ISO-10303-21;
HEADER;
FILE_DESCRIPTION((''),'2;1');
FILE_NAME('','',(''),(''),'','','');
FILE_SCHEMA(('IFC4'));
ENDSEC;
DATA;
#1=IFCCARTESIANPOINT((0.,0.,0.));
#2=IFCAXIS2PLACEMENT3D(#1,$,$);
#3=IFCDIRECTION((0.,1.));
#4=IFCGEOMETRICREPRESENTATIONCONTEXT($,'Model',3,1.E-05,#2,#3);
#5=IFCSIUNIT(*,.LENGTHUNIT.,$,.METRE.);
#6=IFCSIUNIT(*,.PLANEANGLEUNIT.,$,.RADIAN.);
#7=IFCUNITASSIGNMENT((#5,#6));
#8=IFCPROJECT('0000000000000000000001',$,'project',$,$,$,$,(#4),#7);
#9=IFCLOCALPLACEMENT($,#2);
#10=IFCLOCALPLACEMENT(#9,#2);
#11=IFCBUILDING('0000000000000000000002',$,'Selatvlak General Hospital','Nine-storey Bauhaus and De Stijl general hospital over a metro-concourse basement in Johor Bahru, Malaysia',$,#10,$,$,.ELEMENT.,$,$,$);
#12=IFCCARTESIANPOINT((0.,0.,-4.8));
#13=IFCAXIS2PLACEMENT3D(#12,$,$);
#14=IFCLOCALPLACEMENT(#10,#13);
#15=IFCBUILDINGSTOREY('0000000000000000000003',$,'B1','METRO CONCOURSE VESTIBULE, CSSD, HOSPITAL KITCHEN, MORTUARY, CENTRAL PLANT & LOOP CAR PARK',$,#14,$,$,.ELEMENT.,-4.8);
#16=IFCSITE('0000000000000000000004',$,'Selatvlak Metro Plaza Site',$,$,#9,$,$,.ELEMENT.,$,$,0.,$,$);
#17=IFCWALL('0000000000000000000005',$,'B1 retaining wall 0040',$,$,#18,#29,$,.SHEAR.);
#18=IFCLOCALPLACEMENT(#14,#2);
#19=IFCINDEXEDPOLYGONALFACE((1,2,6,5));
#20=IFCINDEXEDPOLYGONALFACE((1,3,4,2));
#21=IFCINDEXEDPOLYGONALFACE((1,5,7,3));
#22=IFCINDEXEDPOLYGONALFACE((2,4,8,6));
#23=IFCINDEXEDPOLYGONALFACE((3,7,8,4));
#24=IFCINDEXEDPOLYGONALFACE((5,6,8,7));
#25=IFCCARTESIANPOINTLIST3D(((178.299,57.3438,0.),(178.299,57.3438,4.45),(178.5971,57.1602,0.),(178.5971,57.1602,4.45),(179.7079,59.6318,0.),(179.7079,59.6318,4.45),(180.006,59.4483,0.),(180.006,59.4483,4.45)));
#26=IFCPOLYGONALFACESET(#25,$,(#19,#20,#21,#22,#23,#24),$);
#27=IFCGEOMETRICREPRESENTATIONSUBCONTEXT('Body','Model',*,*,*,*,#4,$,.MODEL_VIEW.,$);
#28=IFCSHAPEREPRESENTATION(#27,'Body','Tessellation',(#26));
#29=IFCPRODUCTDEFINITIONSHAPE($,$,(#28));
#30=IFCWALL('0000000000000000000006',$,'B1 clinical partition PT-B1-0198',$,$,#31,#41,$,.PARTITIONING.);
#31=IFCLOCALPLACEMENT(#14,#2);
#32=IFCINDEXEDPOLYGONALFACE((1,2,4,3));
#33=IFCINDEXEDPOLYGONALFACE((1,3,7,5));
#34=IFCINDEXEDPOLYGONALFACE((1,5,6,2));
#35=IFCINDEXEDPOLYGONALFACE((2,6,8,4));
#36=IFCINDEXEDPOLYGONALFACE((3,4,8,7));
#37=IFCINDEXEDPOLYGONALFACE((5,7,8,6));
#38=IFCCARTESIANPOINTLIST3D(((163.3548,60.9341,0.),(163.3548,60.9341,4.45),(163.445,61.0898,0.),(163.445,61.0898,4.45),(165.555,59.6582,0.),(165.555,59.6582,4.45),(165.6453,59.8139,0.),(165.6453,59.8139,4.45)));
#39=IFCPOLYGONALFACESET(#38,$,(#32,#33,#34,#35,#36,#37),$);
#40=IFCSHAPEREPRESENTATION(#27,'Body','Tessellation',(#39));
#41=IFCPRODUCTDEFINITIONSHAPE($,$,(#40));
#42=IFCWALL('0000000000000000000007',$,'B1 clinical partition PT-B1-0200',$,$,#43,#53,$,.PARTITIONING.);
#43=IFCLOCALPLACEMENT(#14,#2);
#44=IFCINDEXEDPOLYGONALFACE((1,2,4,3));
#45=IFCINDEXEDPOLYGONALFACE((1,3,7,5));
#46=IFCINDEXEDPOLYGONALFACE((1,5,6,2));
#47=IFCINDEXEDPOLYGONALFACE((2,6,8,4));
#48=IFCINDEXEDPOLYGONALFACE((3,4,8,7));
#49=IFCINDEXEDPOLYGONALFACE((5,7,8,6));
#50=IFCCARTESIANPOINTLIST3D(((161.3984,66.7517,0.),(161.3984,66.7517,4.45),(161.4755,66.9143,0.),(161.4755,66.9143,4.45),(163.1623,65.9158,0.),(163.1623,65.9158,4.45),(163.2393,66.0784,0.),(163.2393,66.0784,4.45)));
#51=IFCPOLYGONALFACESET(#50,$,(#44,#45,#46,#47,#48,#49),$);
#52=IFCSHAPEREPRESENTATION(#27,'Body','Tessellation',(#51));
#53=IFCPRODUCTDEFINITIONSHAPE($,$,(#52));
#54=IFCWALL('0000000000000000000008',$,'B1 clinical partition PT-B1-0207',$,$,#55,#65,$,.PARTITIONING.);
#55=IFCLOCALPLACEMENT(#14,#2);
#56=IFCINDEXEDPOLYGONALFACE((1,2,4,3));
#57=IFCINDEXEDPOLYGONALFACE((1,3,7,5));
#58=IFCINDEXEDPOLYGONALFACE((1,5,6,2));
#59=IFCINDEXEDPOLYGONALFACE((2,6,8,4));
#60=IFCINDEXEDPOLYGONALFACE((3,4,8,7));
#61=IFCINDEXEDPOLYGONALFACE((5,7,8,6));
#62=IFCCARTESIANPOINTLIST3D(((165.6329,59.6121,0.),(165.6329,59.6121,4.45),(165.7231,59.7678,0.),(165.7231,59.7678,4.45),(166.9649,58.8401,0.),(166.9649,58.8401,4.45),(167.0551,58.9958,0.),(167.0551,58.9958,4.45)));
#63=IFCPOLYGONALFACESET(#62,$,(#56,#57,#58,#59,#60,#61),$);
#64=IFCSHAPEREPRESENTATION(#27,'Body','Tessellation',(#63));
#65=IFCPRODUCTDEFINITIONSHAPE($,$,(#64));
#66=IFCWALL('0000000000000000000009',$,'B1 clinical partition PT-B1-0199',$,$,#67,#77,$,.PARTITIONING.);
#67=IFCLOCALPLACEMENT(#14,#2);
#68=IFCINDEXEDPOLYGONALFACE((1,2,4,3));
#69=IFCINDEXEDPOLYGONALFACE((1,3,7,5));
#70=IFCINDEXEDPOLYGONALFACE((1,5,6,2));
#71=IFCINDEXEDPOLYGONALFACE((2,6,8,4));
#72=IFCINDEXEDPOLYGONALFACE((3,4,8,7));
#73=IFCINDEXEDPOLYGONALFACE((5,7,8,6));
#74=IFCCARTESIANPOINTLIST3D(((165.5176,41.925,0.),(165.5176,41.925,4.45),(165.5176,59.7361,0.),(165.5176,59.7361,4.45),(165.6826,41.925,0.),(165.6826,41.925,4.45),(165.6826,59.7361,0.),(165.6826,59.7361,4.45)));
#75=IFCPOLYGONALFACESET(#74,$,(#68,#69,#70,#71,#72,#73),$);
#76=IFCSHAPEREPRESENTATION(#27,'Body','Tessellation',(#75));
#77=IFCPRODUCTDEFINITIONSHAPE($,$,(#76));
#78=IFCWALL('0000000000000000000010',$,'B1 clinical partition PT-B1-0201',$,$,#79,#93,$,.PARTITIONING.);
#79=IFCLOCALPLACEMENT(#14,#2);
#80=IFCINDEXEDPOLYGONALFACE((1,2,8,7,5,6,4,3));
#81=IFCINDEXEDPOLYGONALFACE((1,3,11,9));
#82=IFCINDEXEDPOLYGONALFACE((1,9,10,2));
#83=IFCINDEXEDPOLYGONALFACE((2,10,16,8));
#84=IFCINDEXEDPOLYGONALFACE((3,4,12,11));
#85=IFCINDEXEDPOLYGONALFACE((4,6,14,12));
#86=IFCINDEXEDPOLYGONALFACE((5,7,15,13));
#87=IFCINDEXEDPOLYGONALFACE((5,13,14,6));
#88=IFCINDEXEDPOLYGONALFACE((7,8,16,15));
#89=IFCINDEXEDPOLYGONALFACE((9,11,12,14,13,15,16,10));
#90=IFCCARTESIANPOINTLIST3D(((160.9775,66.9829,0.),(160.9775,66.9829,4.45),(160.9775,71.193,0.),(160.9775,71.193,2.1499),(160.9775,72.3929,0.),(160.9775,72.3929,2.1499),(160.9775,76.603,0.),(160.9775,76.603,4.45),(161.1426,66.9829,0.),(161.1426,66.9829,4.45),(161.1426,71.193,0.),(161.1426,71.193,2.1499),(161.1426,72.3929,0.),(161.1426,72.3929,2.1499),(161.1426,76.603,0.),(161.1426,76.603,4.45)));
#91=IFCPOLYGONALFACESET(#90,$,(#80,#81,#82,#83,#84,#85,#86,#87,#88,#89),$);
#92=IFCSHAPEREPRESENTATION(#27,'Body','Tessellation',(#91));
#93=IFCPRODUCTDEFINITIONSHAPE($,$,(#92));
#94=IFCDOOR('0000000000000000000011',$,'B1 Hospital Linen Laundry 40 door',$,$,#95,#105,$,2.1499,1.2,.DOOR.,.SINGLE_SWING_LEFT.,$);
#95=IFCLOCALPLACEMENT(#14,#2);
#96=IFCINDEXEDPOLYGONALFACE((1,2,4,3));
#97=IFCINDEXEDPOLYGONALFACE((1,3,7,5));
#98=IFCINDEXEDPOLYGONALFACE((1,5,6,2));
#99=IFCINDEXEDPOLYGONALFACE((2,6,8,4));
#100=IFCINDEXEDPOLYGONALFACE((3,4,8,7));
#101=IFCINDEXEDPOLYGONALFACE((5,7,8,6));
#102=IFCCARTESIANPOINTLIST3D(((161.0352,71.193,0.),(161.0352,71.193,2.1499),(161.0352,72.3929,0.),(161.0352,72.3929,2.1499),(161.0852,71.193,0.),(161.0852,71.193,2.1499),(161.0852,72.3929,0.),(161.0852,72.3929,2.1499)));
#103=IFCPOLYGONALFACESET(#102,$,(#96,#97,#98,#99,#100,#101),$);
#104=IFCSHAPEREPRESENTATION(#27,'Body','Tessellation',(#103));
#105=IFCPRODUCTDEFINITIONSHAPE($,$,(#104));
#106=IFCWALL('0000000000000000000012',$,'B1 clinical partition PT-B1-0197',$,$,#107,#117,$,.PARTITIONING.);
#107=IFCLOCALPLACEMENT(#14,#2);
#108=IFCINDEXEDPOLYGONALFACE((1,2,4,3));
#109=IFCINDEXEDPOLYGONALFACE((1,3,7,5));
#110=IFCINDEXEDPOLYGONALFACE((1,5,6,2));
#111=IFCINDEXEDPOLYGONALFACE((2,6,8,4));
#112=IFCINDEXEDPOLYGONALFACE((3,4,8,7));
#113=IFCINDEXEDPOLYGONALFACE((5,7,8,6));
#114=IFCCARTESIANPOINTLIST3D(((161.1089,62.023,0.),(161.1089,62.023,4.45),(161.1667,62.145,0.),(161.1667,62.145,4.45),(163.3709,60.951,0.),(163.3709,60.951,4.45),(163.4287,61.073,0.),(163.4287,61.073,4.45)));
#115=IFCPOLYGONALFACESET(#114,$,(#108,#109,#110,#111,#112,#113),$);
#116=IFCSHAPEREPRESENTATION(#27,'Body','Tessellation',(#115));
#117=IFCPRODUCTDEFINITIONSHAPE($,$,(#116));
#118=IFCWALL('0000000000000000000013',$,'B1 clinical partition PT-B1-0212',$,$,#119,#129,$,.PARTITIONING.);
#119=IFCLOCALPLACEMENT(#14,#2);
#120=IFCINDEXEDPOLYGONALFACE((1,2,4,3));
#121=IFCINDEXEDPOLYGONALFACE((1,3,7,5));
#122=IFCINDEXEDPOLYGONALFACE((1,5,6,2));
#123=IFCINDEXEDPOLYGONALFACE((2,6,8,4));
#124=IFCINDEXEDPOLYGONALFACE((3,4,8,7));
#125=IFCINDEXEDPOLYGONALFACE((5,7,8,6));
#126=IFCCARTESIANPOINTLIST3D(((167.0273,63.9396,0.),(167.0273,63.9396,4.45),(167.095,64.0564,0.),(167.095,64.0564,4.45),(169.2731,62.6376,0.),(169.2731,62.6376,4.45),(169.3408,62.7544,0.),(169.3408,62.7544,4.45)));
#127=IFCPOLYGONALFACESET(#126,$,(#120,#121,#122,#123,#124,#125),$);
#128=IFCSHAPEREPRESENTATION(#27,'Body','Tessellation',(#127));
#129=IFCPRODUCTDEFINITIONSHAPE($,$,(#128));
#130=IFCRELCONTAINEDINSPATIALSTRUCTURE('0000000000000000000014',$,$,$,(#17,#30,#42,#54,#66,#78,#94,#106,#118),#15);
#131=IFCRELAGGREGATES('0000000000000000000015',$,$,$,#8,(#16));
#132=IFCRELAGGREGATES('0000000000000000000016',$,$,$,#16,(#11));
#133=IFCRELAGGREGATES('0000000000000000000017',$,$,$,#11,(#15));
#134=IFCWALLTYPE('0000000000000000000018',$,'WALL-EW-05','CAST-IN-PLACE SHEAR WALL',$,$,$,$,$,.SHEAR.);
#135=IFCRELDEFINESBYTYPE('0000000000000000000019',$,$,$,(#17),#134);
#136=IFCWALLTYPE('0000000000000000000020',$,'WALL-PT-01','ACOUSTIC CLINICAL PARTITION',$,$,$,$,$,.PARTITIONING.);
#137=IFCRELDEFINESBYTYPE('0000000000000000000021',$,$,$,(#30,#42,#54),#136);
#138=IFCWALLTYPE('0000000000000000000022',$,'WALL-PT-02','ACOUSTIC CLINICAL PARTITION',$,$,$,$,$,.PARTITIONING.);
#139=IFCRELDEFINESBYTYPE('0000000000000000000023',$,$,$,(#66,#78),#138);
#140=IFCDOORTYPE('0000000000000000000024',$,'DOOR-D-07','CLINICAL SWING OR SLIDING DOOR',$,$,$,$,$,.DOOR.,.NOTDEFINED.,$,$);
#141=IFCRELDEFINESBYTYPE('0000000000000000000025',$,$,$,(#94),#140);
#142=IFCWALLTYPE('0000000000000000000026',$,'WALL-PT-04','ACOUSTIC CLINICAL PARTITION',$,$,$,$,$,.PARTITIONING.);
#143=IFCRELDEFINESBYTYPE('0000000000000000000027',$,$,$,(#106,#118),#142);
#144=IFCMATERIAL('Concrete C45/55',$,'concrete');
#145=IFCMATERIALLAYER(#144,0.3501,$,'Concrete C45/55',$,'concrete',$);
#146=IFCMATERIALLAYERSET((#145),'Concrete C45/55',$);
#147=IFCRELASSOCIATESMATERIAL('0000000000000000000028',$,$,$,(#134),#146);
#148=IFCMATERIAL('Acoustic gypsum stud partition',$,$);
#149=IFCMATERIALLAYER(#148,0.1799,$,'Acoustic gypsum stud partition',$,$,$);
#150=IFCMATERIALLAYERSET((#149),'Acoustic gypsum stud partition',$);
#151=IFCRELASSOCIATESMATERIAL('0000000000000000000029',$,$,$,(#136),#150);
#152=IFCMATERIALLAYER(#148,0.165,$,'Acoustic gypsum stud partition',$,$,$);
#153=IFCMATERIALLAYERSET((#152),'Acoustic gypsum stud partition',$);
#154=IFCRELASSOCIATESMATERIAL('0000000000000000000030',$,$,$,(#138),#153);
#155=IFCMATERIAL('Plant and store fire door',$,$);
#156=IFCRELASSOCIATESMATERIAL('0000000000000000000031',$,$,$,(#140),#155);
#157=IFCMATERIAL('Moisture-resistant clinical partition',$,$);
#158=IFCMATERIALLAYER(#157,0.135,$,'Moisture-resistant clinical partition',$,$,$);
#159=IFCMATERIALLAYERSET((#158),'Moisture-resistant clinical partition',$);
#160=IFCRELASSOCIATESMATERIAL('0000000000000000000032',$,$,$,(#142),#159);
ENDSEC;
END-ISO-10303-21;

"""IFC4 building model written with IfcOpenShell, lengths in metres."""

from ifc_helpers import new_model, si_unit, direction, frame, frame_2d, origin, place, context, subcontext, project, spatial, rectangle, extrude, material, layer, layer_set, type_object, element, fill, save


model = new_model("IFC4")

# Units and contexts
model_context = context("Model", 3, precision=1e-05, world=origin(), true_north=direction((0.0, 1.0)))
body_context = subcontext(model_context, "Body", "Model", "MODEL_VIEW")
ifc_project = project(units=[si_unit("LENGTHUNIT", "METRE"), si_unit("PLANEANGLEUNIT", "RADIAN")], contexts=[model_context])

# Site, building, storey
site_placement = place(None, origin())
site = spatial("IfcSite", under=ifc_project, at=site_placement, Name="Selatvlak Metro Plaza Site", CompositionType="ELEMENT", RefElevation=0.0)
building_placement = place(site_placement, origin())
building = spatial("IfcBuilding", under=site, at=building_placement, Name="Selatvlak General Hospital", Description="Nine-storey Bauhaus and De Stijl general hospital over a metro-concourse basement in Johor Bahru, Malaysia", CompositionType="ELEMENT")
storey_placement = place(building_placement, frame((0.0, 0.0, -4.8)))
storey = spatial("IfcBuildingStorey", under=building, at=storey_placement, Name="B1", Description="METRO CONCOURSE VESTIBULE, CSSD, HOSPITAL KITCHEN, MORTUARY, CENTRAL PLANT & LOOP CAR PARK", CompositionType="ELEMENT", Elevation=-4.8)

# Walls
ifc_material_1 = material(Name="Concrete C45/55", Category="concrete")
ifc_layer_1 = layer(ifc_material_1, 0.3501, Name="Concrete C45/55", Category="concrete")
ifc_layer_set_1 = layer_set([ifc_layer_1], Name="Concrete C45/55")
wall_type_1 = type_object("IfcWallType", Name="WALL-EW-05", Description="CAST-IN-PLACE SHEAR WALL", PredefinedType="SHEAR", material=ifc_layer_set_1)
wall_1_placement = place(storey_placement, frame((179.8569, 59.54, 0.0), z_axis=(0.0, 0.0, 1.0), x_axis=(-0.524336, -0.851512, 0.0)))
element("IfcWall", 1, at=wall_1_placement, inside=storey, type_object=wall_type_1, Name="B1 retaining wall 0040", PredefinedType="SHEAR", context=body_context, shape_type="SweptSolid", body=[
    extrude(rectangle(XDim=2.687, YDim=0.3501, at=frame_2d((1.3435, 0.0))), origin(), (0.0, 0.0, 1.0), 4.45),
])
ifc_material_2 = material(Name="Acoustic gypsum stud partition")
ifc_layer_2 = layer(ifc_material_2, 0.1799, Name="Acoustic gypsum stud partition")
ifc_layer_set_2 = layer_set([ifc_layer_2], Name="Acoustic gypsum stud partition")
wall_type_2 = type_object("IfcWallType", Name="WALL-PT-01", Description="ACOUSTIC CLINICAL PARTITION", PredefinedType="PARTITIONING", material=ifc_layer_set_2)
wall_2_placement = place(storey_placement, frame((163.3999, 61.012, 0.0), z_axis=(0.0, 0.0, 1.0), x_axis=(0.865071, -0.501649, 0.0)))
element("IfcWall", 2, at=wall_2_placement, inside=storey, type_object=wall_type_2, Name="B1 clinical partition PT-B1-0198", PredefinedType="PARTITIONING", context=body_context, shape_type="SweptSolid", body=[
    extrude(rectangle(XDim=2.5435, YDim=0.1799, at=frame_2d((1.2717, 0.0))), origin(), (0.0, 0.0, 1.0), 4.45),
])
wall_3_placement = place(storey_placement, frame((163.2009, 65.9971, 0.0), z_axis=(0.0, 0.0, 1.0), x_axis=(-0.903659, 0.428253, 0.0)))
element("IfcWall", 3, at=wall_3_placement, inside=storey, type_object=wall_type_2, Name="B1 clinical partition PT-B1-0200", PredefinedType="PARTITIONING", context=body_context, shape_type="SweptSolid", body=[
    extrude(rectangle(XDim=1.9519, YDim=0.1799, at=frame_2d((0.9761, 0.0))), origin(), (0.0, 0.0, 1.0), 4.45),
])
wall_4_placement = place(storey_placement, frame((165.678, 59.6899, 0.0), z_axis=(0.0, 0.0, 1.0), x_axis=(0.865202, -0.501424, 0.0)))
element("IfcWall", 4, at=wall_4_placement, inside=storey, type_object=wall_type_2, Name="B1 clinical partition PT-B1-0207", PredefinedType="PARTITIONING", context=body_context, shape_type="SweptSolid", body=[
    extrude(rectangle(XDim=1.5396, YDim=0.1799, at=frame_2d((0.7698, 0.0))), origin(), (0.0, 0.0, 1.0), 4.45),
])
ifc_layer_3 = layer(ifc_material_2, 0.165, Name="Acoustic gypsum stud partition")
ifc_layer_set_3 = layer_set([ifc_layer_3], Name="Acoustic gypsum stud partition")
wall_type_3 = type_object("IfcWallType", Name="WALL-PT-02", Description="ACOUSTIC CLINICAL PARTITION", PredefinedType="PARTITIONING", material=ifc_layer_set_3)
wall_5_placement = place(storey_placement, frame((165.6001, 59.7361, 0.0), z_axis=(0.0, 0.0, 1.0), x_axis=(0.0, -1.0, 0.0)))
element("IfcWall", 5, at=wall_5_placement, inside=storey, type_object=wall_type_3, Name="B1 clinical partition PT-B1-0199", PredefinedType="PARTITIONING", context=body_context, shape_type="SweptSolid", body=[
    extrude(rectangle(XDim=17.811, YDim=0.165, at=frame_2d((8.9055, 0.0))), origin(), (0.0, 0.0, 1.0), 4.45),
])

# Wall, opening, door
wall_6_placement = place(storey_placement, frame((161.0601, 66.9829, 0.0), z_axis=(0.0, 0.0, 1.0), x_axis=(0.0, 1.0, 0.0)))
wall_6 = element("IfcWall", 6, at=wall_6_placement, inside=storey, type_object=wall_type_3, Name="B1 clinical partition PT-B1-0201", PredefinedType="PARTITIONING", context=body_context, shape_type="SweptSolid", body=[
    extrude(rectangle(XDim=9.6201, YDim=0.165, at=frame_2d((4.8101, 0.0))), origin(), (0.0, 0.0, 1.0), 4.45),
])
opening_1_placement = place(wall_6_placement, frame((4.21, 0.0, 0.0)))
opening_1 = element("IfcOpeningElement", 7, at=opening_1_placement, cuts=wall_6, PredefinedType="OPENING", context=body_context, shape_type="SweptSolid", body=[
    extrude(rectangle(XDim=1.2, YDim=2.1499, at=frame_2d((0.6001, 1.075))), frame((0.0, 0.0925, 0.0), z_axis=(0.0, -1.0, 0.0), x_axis=(1.0, 0.0, 0.0)), (0.0, 0.0, 1.0), 0.1851),
])
ifc_material_3 = material(Name="Plant and store fire door")
door_type_1 = type_object("IfcDoorType", Name="DOOR-D-07", Description="CLINICAL SWING OR SLIDING DOOR", OperationType="NOTDEFINED", PredefinedType="DOOR", material=ifc_material_3)
door_1_placement = place(opening_1_placement, origin())
door_1 = element("IfcDoor", 8, at=door_1_placement, inside=storey, type_object=door_type_1, Name="B1 Hospital Linen Laundry 40 door", OperationType="SINGLE_SWING_LEFT", OverallHeight=2.1499, OverallWidth=1.2, PredefinedType="DOOR", context=body_context, shape_type="SweptSolid", body=[
    extrude(rectangle(XDim=1.2, YDim=2.1499, at=frame_2d((0.6001, 1.075))), frame((0.0, 0.0249, 0.0), z_axis=(0.0, -1.0, 0.0), x_axis=(1.0, 0.0, 0.0)), (0.0, 0.0, 1.0), 0.05),
])
fill(opening_1, door_1)

# Walls
ifc_material_4 = material(Name="Moisture-resistant clinical partition")
ifc_layer_4 = layer(ifc_material_4, 0.135, Name="Moisture-resistant clinical partition")
ifc_layer_set_4 = layer_set([ifc_layer_4], Name="Moisture-resistant clinical partition")
wall_type_4 = type_object("IfcWallType", Name="WALL-PT-04", Description="ACOUSTIC CLINICAL PARTITION", PredefinedType="PARTITIONING", material=ifc_layer_set_4)
wall_7_placement = place(storey_placement, frame((161.1379, 62.084, 0.0), z_axis=(0.0, 0.0, 1.0), x_axis=(0.90365, -0.428271, 0.0)))
element("IfcWall", 9, at=wall_7_placement, inside=storey, type_object=wall_type_4, Name="B1 clinical partition PT-B1-0197", PredefinedType="PARTITIONING", context=body_context, shape_type="SweptSolid", body=[
    extrude(rectangle(XDim=2.5032, YDim=0.135, at=frame_2d((1.2515, 0.0))), origin(), (0.0, 0.0, 1.0), 4.45),
])
wall_8_placement = place(storey_placement, frame((169.3069, 62.696, 0.0), z_axis=(0.0, 0.0, 1.0), x_axis=(-0.86513, 0.501548, 0.0)))
element("IfcWall", 10, at=wall_8_placement, inside=storey, type_object=wall_type_4, Name="B1 clinical partition PT-B1-0212", PredefinedType="PARTITIONING", context=body_context, shape_type="SweptSolid", body=[
    extrude(rectangle(XDim=2.5959, YDim=0.135, at=frame_2d((1.2979, 0.0))), origin(), (0.0, 0.0, 1.0), 4.45),
])

save(model, "model.ifc")
